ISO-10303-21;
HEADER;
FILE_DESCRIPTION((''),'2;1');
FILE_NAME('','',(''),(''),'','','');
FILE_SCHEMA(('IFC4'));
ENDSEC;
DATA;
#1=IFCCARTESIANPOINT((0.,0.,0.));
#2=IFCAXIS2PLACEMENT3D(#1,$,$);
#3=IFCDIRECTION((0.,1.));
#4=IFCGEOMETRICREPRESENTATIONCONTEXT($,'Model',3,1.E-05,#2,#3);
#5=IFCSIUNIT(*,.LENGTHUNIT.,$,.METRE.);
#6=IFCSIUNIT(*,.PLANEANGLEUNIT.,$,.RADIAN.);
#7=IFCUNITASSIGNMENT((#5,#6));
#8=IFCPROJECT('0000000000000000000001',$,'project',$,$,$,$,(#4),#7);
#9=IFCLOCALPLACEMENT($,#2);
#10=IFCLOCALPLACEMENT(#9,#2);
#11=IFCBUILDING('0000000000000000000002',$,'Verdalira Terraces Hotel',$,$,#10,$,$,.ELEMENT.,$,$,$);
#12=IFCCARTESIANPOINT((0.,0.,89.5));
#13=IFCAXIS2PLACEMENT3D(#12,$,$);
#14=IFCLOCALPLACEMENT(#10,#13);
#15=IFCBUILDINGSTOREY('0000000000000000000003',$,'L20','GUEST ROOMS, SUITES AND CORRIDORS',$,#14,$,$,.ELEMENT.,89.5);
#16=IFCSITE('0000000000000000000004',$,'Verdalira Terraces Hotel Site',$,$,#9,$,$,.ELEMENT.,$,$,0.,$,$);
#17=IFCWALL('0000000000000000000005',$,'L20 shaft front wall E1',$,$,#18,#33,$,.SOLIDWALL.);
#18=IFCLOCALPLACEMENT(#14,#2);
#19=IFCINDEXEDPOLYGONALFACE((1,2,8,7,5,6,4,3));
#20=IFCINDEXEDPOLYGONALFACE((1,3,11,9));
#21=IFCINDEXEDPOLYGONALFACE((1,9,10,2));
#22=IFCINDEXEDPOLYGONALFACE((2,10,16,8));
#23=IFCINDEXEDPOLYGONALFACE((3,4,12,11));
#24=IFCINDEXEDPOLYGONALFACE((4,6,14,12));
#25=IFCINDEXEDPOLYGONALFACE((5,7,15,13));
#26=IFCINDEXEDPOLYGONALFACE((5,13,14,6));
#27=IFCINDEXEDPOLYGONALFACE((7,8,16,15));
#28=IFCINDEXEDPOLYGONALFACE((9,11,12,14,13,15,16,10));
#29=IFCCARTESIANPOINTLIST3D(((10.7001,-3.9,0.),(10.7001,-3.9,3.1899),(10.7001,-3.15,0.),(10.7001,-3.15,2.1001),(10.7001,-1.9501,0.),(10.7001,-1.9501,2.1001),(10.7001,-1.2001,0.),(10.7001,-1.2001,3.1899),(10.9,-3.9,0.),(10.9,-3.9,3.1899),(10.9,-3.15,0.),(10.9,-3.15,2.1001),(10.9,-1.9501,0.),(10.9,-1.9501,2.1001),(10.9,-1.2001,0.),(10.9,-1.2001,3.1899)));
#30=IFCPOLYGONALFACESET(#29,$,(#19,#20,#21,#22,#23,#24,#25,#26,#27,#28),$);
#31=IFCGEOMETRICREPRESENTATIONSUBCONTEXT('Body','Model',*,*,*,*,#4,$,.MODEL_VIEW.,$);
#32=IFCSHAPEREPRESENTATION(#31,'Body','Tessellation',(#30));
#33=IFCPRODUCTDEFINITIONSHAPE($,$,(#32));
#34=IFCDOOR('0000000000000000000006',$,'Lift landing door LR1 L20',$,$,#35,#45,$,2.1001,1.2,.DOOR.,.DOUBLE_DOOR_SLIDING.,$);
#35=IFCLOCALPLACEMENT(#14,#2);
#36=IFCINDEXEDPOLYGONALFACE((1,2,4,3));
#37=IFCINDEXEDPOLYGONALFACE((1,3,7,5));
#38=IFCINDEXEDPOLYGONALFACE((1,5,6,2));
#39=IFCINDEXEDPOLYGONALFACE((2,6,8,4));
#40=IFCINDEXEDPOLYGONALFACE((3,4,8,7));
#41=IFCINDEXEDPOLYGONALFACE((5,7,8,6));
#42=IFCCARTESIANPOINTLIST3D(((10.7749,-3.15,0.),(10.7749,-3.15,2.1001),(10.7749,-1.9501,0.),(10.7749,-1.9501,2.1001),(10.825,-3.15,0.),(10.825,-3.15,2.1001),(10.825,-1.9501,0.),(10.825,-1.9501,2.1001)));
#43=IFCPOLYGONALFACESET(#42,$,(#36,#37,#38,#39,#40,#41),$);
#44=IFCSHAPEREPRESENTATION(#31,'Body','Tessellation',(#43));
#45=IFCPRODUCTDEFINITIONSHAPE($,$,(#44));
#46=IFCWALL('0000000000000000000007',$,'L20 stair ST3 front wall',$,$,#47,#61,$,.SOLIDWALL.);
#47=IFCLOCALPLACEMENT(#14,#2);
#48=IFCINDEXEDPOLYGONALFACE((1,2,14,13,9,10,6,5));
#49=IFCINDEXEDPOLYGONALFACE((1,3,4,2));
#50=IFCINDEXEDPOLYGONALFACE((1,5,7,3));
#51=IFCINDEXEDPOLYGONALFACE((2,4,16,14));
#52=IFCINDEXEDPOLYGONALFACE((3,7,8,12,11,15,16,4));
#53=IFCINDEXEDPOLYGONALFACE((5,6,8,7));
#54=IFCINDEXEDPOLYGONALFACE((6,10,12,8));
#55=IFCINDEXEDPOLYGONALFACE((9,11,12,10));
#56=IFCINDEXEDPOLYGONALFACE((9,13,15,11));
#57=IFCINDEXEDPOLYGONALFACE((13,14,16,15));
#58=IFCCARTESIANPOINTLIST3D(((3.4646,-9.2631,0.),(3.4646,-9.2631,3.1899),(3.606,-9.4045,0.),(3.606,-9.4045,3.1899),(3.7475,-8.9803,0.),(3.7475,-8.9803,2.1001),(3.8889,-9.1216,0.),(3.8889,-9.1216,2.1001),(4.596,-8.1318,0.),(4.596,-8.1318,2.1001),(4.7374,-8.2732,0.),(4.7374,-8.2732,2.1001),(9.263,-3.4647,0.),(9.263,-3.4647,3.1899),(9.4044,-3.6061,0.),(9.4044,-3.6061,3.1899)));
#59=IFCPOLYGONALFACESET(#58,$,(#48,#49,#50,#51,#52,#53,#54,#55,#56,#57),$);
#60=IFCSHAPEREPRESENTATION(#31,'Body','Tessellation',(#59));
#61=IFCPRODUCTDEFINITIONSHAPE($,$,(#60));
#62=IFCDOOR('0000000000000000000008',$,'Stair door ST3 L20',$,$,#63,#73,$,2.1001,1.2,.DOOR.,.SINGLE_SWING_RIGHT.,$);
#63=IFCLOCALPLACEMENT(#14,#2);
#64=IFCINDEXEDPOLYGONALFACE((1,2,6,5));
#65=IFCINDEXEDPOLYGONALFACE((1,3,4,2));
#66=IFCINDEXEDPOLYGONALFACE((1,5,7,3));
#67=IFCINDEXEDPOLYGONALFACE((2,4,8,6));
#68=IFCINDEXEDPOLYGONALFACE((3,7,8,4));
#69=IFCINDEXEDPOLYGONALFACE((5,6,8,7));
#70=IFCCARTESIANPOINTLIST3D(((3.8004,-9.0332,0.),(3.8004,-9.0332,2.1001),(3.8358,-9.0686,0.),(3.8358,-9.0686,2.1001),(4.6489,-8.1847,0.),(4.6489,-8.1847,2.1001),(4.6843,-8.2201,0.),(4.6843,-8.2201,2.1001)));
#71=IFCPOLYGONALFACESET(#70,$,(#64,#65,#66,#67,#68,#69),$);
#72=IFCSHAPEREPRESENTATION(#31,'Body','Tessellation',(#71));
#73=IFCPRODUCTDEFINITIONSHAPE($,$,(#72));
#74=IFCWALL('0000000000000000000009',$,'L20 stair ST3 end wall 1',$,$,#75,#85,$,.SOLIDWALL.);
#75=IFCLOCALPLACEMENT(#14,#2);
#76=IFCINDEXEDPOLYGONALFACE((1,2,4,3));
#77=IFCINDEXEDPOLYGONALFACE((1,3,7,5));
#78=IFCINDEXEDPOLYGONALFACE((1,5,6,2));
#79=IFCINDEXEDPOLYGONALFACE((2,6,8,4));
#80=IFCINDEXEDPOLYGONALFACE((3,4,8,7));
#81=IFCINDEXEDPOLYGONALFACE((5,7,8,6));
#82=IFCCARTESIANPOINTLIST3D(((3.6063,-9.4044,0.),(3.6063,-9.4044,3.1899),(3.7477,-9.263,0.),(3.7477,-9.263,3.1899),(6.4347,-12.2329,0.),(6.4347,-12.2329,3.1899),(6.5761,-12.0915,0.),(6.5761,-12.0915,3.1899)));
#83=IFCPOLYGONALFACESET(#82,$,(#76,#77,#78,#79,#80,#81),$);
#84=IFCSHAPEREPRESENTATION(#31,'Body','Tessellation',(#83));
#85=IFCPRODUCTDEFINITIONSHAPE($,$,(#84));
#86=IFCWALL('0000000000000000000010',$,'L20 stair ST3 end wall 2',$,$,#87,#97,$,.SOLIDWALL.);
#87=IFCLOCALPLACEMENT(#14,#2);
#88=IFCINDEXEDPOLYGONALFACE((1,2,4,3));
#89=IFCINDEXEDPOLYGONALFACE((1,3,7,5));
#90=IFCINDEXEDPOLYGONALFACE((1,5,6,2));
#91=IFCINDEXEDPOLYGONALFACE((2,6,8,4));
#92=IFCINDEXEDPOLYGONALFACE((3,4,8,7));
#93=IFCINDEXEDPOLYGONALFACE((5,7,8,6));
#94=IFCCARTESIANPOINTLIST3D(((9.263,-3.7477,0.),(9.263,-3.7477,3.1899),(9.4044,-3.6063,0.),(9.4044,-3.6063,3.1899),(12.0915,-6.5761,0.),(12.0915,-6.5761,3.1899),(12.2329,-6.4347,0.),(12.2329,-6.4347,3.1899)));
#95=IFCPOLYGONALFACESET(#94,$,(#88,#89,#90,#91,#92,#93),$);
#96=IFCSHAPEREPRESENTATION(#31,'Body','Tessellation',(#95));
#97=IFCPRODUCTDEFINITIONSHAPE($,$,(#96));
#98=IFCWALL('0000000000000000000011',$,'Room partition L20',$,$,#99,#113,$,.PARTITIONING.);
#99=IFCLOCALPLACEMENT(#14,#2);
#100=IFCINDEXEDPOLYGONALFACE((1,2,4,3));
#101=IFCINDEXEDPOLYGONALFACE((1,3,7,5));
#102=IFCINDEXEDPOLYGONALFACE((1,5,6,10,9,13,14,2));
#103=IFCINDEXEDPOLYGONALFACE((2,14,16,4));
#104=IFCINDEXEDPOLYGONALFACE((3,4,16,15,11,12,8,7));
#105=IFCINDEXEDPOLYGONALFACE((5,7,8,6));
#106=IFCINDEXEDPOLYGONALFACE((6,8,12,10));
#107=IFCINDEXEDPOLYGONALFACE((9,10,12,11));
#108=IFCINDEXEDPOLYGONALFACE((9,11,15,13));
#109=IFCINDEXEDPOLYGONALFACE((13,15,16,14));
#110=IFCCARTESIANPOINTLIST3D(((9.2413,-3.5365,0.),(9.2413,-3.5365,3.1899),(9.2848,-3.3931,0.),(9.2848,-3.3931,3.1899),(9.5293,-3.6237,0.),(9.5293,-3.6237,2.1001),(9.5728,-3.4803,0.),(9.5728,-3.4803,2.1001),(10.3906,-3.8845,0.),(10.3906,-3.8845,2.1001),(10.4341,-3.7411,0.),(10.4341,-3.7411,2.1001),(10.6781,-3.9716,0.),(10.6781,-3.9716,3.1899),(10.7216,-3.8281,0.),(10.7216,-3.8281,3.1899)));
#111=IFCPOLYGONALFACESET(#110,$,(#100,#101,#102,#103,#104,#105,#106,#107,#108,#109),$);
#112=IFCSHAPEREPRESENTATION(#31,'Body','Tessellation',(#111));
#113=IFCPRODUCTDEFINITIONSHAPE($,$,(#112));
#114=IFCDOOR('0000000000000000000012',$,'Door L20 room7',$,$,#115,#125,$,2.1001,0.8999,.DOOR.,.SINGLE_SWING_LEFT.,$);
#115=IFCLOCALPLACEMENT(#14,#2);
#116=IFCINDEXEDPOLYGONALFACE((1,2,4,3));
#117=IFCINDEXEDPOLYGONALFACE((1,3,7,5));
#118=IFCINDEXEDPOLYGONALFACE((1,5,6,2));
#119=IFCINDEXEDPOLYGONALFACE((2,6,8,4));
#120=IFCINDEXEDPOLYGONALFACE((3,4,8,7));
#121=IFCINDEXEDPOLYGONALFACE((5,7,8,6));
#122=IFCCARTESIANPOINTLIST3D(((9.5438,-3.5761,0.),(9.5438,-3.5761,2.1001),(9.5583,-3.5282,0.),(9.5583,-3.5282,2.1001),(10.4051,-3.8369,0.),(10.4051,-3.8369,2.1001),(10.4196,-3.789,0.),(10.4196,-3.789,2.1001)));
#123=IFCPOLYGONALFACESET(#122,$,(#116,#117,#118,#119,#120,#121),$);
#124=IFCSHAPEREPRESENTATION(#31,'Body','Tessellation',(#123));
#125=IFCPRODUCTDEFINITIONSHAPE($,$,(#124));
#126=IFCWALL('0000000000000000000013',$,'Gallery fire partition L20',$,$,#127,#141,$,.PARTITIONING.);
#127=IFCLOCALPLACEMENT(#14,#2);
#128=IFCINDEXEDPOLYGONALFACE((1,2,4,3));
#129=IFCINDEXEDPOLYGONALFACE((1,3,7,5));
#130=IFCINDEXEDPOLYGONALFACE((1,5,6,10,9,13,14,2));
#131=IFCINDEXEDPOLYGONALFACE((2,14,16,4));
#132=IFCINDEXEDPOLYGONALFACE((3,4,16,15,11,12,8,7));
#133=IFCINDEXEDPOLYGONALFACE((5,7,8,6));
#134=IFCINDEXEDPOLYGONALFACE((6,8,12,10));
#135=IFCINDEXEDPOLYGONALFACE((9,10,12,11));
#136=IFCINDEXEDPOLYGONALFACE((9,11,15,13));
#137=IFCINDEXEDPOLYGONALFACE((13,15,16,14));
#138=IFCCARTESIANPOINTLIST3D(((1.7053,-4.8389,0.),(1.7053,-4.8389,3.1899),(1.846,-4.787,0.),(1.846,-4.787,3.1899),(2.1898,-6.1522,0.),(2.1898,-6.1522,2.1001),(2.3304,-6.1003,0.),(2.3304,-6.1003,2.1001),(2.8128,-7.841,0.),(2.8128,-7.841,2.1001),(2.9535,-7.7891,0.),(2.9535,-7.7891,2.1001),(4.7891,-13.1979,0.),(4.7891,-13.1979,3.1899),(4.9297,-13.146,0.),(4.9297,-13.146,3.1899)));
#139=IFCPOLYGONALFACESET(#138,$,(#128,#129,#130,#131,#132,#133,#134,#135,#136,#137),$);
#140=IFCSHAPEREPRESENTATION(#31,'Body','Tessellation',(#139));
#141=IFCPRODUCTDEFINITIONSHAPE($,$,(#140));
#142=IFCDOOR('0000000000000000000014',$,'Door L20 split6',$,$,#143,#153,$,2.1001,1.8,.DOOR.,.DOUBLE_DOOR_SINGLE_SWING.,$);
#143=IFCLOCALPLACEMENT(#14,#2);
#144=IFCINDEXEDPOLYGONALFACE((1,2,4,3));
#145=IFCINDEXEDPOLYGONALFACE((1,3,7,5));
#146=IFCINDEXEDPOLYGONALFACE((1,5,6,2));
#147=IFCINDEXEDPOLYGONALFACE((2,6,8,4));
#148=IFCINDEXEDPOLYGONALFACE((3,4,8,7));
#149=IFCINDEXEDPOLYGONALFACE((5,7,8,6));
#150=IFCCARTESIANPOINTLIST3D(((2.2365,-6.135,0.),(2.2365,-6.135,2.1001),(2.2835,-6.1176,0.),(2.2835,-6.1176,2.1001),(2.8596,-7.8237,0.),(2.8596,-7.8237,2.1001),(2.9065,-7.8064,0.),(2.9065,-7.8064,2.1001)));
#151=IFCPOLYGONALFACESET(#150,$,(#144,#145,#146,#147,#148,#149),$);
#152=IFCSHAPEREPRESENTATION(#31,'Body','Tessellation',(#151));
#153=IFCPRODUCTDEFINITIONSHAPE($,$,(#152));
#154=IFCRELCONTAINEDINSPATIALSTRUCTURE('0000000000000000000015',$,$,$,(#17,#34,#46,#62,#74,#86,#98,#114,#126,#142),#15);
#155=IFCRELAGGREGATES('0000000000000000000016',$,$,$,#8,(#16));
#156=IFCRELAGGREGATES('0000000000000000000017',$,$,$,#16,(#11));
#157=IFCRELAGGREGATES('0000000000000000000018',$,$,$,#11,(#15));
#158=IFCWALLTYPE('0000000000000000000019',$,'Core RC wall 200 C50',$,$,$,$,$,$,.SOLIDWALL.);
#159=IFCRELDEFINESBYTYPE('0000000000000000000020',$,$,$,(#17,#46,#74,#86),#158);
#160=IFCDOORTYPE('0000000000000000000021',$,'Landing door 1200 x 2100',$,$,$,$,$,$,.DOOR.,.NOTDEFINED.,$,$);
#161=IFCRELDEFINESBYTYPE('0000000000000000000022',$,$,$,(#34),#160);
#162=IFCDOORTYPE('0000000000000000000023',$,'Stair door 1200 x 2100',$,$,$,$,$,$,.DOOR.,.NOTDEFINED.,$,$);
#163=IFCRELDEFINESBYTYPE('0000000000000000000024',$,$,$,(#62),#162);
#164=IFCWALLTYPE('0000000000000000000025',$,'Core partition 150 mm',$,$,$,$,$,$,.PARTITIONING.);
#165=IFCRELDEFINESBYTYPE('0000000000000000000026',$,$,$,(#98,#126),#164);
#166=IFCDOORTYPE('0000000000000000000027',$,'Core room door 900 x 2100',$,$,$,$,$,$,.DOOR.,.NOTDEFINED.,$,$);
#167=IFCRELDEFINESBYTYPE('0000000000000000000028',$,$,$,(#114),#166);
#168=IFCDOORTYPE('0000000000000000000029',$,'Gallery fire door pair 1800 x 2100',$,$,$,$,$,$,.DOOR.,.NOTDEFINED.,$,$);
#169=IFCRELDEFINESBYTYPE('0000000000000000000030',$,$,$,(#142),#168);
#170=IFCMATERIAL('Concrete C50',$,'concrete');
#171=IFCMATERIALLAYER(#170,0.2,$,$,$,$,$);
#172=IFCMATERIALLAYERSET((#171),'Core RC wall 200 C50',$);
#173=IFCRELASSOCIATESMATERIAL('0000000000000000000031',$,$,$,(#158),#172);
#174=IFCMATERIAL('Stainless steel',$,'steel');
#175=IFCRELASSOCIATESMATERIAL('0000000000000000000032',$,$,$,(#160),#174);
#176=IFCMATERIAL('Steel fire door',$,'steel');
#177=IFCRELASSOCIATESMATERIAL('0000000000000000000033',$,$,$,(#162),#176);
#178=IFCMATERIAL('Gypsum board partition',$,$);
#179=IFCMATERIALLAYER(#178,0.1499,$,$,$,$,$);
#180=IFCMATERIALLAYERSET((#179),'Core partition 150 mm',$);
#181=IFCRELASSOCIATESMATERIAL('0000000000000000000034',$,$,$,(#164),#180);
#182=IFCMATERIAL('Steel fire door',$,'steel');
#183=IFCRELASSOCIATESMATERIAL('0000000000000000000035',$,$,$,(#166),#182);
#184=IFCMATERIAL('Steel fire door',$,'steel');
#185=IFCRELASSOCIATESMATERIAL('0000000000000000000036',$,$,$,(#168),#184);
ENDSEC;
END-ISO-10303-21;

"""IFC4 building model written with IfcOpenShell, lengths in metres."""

from ifc_helpers import new_model, si_unit, direction, frame, frame_2d, origin, place, context, subcontext, project, spatial, rectangle, extrude, material, layer, layer_set, type_object, element, fill, save


model = new_model("IFC4")

# Units and contexts
model_context = context("Model", 3, precision=1e-05, world=origin(), true_north=direction((0.0, 1.0)))
body_context = subcontext(model_context, "Body", "Model", "MODEL_VIEW")
ifc_project = project(units=[si_unit("LENGTHUNIT", "METRE"), si_unit("PLANEANGLEUNIT", "RADIAN")], contexts=[model_context])

# Site, building, storey
site_placement = place(None, origin())
site = spatial("IfcSite", under=ifc_project, at=site_placement, Name="Verdalira Terraces Hotel Site", CompositionType="ELEMENT", RefElevation=0.0)
building_placement = place(site_placement, origin())
building = spatial("IfcBuilding", under=site, at=building_placement, Name="Verdalira Terraces Hotel", CompositionType="ELEMENT")
storey_placement = place(building_placement, frame((0.0, 0.0, 89.5)))
storey = spatial("IfcBuildingStorey", under=building, at=storey_placement, Name="L20", Description="GUEST ROOMS, SUITES AND CORRIDORS", CompositionType="ELEMENT", Elevation=89.5)

# Walls, openings, doors
ifc_material_1 = material(Name="Concrete C50", Category="concrete")
ifc_layer_1 = layer(ifc_material_1, 0.2)
ifc_layer_set_1 = layer_set([ifc_layer_1], Name="Core RC wall 200 C50")
wall_type_1 = type_object("IfcWallType", Name="Core RC wall 200 C50", PredefinedType="SOLIDWALL", material=ifc_layer_set_1)
wall_1_placement = place(storey_placement, frame((10.8, -1.2, 0.0), z_axis=(0.0, 0.0, 1.0), x_axis=(0.0, -1.0, 0.0)))
wall_1 = element("IfcWall", 1, at=wall_1_placement, inside=storey, type_object=wall_type_1, Name="L20 shaft front wall E1", PredefinedType="SOLIDWALL", context=body_context, shape_type="SweptSolid", body=[
    extrude(rectangle(XDim=2.7, YDim=0.2, at=frame_2d((1.3501, 0.0))), origin(), (0.0, 0.0, 1.0), 3.1899),
])
opening_1_placement = place(wall_1_placement, frame((0.75, 0.0, 0.0)))
opening_1 = element("IfcOpeningElement", 2, at=opening_1_placement, cuts=wall_1, PredefinedType="OPENING", context=body_context, shape_type="SweptSolid", body=[
    extrude(rectangle(XDim=1.2, YDim=2.1001, at=frame_2d((0.6001, 1.05))), frame((0.0, 0.1099, 0.0), z_axis=(0.0, -1.0, 0.0), x_axis=(1.0, 0.0, 0.0)), (0.0, 0.0, 1.0), 0.22),
])
ifc_material_2 = material(Name="Stainless steel", Category="steel")
door_type_1 = type_object("IfcDoorType", Name="Landing door 1200 x 2100", OperationType="NOTDEFINED", PredefinedType="DOOR", material=ifc_material_2)
door_1_placement = place(opening_1_placement, origin())
door_1 = element("IfcDoor", 3, at=door_1_placement, inside=storey, type_object=door_type_1, Name="Lift landing door LR1 L20", OperationType="DOUBLE_DOOR_SLIDING", OverallHeight=2.1001, OverallWidth=1.2, PredefinedType="DOOR", context=body_context, shape_type="SweptSolid", body=[
    extrude(rectangle(XDim=1.2, YDim=2.1001, at=frame_2d((0.6001, 1.05))), frame((0.0, 0.0249, 0.0), z_axis=(0.0, -1.0, 0.0), x_axis=(1.0, 0.0, 0.0)), (0.0, 0.0, 1.0), 0.05),
])
fill(opening_1, door_1)
wall_2_placement = place(storey_placement, frame((9.3337, -3.5354, 0.0), z_axis=(0.0, 0.0, 1.0), x_axis=(-0.707107, -0.707107, 0.0)))
wall_2 = element("IfcWall", 4, at=wall_2_placement, inside=storey, type_object=wall_type_1, Name="L20 stair ST3 front wall", PredefinedType="SOLIDWALL", context=body_context, shape_type="SweptSolid", body=[
    extrude(rectangle(XDim=8.2002, YDim=0.2, at=frame_2d((4.1001, 0.0))), origin(), (0.0, 0.0, 1.0), 3.1899),
])
opening_2_placement = place(wall_2_placement, frame((6.6001, 0.0, 0.0)))
opening_2 = element("IfcOpeningElement", 5, at=opening_2_placement, cuts=wall_2, PredefinedType="OPENING", context=body_context, shape_type="SweptSolid", body=[
    extrude(rectangle(XDim=1.2, YDim=2.1001, at=frame_2d((0.6001, 1.05))), frame((0.0, 0.1099, 0.0), z_axis=(0.0, -1.0, 0.0), x_axis=(1.0, 0.0, 0.0)), (0.0, 0.0, 1.0), 0.22),
])
ifc_material_3 = material(Name="Steel fire door", Category="steel")
door_type_2 = type_object("IfcDoorType", Name="Stair door 1200 x 2100", OperationType="NOTDEFINED", PredefinedType="DOOR", material=ifc_material_3)
door_2_placement = place(opening_2_placement, origin())
door_2 = element("IfcDoor", 6, at=door_2_placement, inside=storey, type_object=door_type_2, Name="Stair door ST3 L20", OperationType="SINGLE_SWING_RIGHT", OverallHeight=2.1001, OverallWidth=1.2, PredefinedType="DOOR", context=body_context, shape_type="SweptSolid", body=[
    extrude(rectangle(XDim=1.2, YDim=2.1001, at=frame_2d((0.6001, 1.05))), frame((0.0, 0.0249, 0.0), z_axis=(0.0, -1.0, 0.0), x_axis=(1.0, 0.0, 0.0)), (0.0, 0.0, 1.0), 0.05),
])
fill(opening_2, door_2)

# Walls
for number, where, z_axis, x_axis, name in (
    (7, (3.677, -9.3337, 0.0), (0.0, 0.0, 1.0), (0.707107, -0.707107, 0.0), "L20 stair ST3 end wall 1"),
    (8, (9.3337, -3.677, 0.0), (0.0, 0.0, 1.0), (0.707107, -0.707107, 0.0), "L20 stair ST3 end wall 2"),
):
    element("IfcWall", number, at=place(storey_placement, frame(where, z_axis=z_axis, x_axis=x_axis)), inside=storey, type_object=wall_type_1, Name=name, PredefinedType="SOLIDWALL", context=body_context, shape_type="SweptSolid", body=[
        extrude(rectangle(XDim=4.0, YDim=0.2, at=frame_2d((2.0, 0.0))), origin(), (0.0, 0.0, 1.0), 3.1899),
    ])

# Walls, openings, doors
ifc_material_4 = material(Name="Gypsum board partition")
ifc_layer_2 = layer(ifc_material_4, 0.1499)
ifc_layer_set_2 = layer_set([ifc_layer_2], Name="Core partition 150 mm")
wall_type_2 = type_object("IfcWallType", Name="Core partition 150 mm", PredefinedType="PARTITIONING", material=ifc_layer_set_2)
wall_3_placement = place(storey_placement, frame((9.2632, -3.4648, 0.0), z_axis=(0.0, 0.0, 1.0), x_axis=(0.957085, -0.289809, 0.0)))
wall_3 = element("IfcWall", 9, at=wall_3_placement, inside=storey, type_object=wall_type_2, Name="Room partition L20", PredefinedType="PARTITIONING", context=body_context, shape_type="SweptSolid", body=[
    extrude(rectangle(XDim=1.5012, YDim=0.1499, at=frame_2d((0.7505, 0.0))), origin(), (0.0, 0.0, 1.0), 3.1899),
])
opening_3_placement = place(wall_3_placement, frame((0.3008, 0.0, 0.0)))
opening_3 = element("IfcOpeningElement", 10, at=opening_3_placement, cuts=wall_3, PredefinedType="OPENING", context=body_context, shape_type="SweptSolid", body=[
    extrude(rectangle(XDim=0.8999, YDim=2.1001, at=frame_2d((0.45, 1.05))), frame((0.0, 0.085, 0.0), z_axis=(0.0, -1.0, 0.0), x_axis=(1.0, 0.0, 0.0)), (0.0, 0.0, 1.0), 0.1699),
])
ifc_material_5 = material(Name="Steel fire door", Category="steel")
door_type_3 = type_object("IfcDoorType", Name="Core room door 900 x 2100", OperationType="NOTDEFINED", PredefinedType="DOOR", material=ifc_material_5)
door_3_placement = place(opening_3_placement, origin())
door_3 = element("IfcDoor", 11, at=door_3_placement, inside=storey, type_object=door_type_3, Name="Door L20 room7", OperationType="SINGLE_SWING_LEFT", OverallHeight=2.1001, OverallWidth=0.8999, PredefinedType="DOOR", context=body_context, shape_type="SweptSolid", body=[
    extrude(rectangle(XDim=0.8999, YDim=2.1001, at=frame_2d((0.45, 1.05))), frame((0.0, 0.0249, 0.0), z_axis=(0.0, -1.0, 0.0), x_axis=(1.0, 0.0, 0.0)), (0.0, 0.0, 1.0), 0.05),
])
fill(opening_3, door_3)
wall_4_placement = place(storey_placement, frame((1.7756, -4.813, 0.0), z_axis=(0.0, 0.0, 1.0), x_axis=(0.346115, -0.938192, 0.0)))
wall_4 = element("IfcWall", 12, at=wall_4_placement, inside=storey, type_object=wall_type_2, Name="Gallery fire partition L20", PredefinedType="PARTITIONING", context=body_context, shape_type="SweptSolid", body=[
    extrude(rectangle(XDim=8.9097, YDim=0.1499, at=frame_2d((4.4548, 0.0))), origin(), (0.0, 0.0, 1.0), 3.1899),
])
opening_4_placement = place(wall_4_placement, frame((1.3999, 0.0, 0.0)))
opening_4 = element("IfcOpeningElement", 13, at=opening_4_placement, cuts=wall_4, PredefinedType="OPENING", context=body_context, shape_type="SweptSolid", body=[
    extrude(rectangle(XDim=1.8, YDim=2.1001, at=frame_2d((0.8999, 1.05))), frame((0.0, 0.085, 0.0), z_axis=(0.0, -1.0, 0.0), x_axis=(1.0, 0.0, 0.0)), (0.0, 0.0, 1.0), 0.1699),
])
ifc_material_6 = material(Name="Steel fire door", Category="steel")
door_type_4 = type_object("IfcDoorType", Name="Gallery fire door pair 1800 x 2100", OperationType="NOTDEFINED", PredefinedType="DOOR", material=ifc_material_6)
door_4_placement = place(opening_4_placement, origin())
door_4 = element("IfcDoor", 14, at=door_4_placement, inside=storey, type_object=door_type_4, Name="Door L20 split6", OperationType="DOUBLE_DOOR_SINGLE_SWING", OverallHeight=2.1001, OverallWidth=1.8, PredefinedType="DOOR", context=body_context, shape_type="SweptSolid", body=[
    extrude(rectangle(XDim=1.8, YDim=2.1001, at=frame_2d((0.8999, 1.05))), frame((0.0, 0.0249, 0.0), z_axis=(0.0, -1.0, 0.0), x_axis=(1.0, 0.0, 0.0)), (0.0, 0.0, 1.0), 0.05),
])
fill(opening_4, door_4)

save(model, "model.ifc")
